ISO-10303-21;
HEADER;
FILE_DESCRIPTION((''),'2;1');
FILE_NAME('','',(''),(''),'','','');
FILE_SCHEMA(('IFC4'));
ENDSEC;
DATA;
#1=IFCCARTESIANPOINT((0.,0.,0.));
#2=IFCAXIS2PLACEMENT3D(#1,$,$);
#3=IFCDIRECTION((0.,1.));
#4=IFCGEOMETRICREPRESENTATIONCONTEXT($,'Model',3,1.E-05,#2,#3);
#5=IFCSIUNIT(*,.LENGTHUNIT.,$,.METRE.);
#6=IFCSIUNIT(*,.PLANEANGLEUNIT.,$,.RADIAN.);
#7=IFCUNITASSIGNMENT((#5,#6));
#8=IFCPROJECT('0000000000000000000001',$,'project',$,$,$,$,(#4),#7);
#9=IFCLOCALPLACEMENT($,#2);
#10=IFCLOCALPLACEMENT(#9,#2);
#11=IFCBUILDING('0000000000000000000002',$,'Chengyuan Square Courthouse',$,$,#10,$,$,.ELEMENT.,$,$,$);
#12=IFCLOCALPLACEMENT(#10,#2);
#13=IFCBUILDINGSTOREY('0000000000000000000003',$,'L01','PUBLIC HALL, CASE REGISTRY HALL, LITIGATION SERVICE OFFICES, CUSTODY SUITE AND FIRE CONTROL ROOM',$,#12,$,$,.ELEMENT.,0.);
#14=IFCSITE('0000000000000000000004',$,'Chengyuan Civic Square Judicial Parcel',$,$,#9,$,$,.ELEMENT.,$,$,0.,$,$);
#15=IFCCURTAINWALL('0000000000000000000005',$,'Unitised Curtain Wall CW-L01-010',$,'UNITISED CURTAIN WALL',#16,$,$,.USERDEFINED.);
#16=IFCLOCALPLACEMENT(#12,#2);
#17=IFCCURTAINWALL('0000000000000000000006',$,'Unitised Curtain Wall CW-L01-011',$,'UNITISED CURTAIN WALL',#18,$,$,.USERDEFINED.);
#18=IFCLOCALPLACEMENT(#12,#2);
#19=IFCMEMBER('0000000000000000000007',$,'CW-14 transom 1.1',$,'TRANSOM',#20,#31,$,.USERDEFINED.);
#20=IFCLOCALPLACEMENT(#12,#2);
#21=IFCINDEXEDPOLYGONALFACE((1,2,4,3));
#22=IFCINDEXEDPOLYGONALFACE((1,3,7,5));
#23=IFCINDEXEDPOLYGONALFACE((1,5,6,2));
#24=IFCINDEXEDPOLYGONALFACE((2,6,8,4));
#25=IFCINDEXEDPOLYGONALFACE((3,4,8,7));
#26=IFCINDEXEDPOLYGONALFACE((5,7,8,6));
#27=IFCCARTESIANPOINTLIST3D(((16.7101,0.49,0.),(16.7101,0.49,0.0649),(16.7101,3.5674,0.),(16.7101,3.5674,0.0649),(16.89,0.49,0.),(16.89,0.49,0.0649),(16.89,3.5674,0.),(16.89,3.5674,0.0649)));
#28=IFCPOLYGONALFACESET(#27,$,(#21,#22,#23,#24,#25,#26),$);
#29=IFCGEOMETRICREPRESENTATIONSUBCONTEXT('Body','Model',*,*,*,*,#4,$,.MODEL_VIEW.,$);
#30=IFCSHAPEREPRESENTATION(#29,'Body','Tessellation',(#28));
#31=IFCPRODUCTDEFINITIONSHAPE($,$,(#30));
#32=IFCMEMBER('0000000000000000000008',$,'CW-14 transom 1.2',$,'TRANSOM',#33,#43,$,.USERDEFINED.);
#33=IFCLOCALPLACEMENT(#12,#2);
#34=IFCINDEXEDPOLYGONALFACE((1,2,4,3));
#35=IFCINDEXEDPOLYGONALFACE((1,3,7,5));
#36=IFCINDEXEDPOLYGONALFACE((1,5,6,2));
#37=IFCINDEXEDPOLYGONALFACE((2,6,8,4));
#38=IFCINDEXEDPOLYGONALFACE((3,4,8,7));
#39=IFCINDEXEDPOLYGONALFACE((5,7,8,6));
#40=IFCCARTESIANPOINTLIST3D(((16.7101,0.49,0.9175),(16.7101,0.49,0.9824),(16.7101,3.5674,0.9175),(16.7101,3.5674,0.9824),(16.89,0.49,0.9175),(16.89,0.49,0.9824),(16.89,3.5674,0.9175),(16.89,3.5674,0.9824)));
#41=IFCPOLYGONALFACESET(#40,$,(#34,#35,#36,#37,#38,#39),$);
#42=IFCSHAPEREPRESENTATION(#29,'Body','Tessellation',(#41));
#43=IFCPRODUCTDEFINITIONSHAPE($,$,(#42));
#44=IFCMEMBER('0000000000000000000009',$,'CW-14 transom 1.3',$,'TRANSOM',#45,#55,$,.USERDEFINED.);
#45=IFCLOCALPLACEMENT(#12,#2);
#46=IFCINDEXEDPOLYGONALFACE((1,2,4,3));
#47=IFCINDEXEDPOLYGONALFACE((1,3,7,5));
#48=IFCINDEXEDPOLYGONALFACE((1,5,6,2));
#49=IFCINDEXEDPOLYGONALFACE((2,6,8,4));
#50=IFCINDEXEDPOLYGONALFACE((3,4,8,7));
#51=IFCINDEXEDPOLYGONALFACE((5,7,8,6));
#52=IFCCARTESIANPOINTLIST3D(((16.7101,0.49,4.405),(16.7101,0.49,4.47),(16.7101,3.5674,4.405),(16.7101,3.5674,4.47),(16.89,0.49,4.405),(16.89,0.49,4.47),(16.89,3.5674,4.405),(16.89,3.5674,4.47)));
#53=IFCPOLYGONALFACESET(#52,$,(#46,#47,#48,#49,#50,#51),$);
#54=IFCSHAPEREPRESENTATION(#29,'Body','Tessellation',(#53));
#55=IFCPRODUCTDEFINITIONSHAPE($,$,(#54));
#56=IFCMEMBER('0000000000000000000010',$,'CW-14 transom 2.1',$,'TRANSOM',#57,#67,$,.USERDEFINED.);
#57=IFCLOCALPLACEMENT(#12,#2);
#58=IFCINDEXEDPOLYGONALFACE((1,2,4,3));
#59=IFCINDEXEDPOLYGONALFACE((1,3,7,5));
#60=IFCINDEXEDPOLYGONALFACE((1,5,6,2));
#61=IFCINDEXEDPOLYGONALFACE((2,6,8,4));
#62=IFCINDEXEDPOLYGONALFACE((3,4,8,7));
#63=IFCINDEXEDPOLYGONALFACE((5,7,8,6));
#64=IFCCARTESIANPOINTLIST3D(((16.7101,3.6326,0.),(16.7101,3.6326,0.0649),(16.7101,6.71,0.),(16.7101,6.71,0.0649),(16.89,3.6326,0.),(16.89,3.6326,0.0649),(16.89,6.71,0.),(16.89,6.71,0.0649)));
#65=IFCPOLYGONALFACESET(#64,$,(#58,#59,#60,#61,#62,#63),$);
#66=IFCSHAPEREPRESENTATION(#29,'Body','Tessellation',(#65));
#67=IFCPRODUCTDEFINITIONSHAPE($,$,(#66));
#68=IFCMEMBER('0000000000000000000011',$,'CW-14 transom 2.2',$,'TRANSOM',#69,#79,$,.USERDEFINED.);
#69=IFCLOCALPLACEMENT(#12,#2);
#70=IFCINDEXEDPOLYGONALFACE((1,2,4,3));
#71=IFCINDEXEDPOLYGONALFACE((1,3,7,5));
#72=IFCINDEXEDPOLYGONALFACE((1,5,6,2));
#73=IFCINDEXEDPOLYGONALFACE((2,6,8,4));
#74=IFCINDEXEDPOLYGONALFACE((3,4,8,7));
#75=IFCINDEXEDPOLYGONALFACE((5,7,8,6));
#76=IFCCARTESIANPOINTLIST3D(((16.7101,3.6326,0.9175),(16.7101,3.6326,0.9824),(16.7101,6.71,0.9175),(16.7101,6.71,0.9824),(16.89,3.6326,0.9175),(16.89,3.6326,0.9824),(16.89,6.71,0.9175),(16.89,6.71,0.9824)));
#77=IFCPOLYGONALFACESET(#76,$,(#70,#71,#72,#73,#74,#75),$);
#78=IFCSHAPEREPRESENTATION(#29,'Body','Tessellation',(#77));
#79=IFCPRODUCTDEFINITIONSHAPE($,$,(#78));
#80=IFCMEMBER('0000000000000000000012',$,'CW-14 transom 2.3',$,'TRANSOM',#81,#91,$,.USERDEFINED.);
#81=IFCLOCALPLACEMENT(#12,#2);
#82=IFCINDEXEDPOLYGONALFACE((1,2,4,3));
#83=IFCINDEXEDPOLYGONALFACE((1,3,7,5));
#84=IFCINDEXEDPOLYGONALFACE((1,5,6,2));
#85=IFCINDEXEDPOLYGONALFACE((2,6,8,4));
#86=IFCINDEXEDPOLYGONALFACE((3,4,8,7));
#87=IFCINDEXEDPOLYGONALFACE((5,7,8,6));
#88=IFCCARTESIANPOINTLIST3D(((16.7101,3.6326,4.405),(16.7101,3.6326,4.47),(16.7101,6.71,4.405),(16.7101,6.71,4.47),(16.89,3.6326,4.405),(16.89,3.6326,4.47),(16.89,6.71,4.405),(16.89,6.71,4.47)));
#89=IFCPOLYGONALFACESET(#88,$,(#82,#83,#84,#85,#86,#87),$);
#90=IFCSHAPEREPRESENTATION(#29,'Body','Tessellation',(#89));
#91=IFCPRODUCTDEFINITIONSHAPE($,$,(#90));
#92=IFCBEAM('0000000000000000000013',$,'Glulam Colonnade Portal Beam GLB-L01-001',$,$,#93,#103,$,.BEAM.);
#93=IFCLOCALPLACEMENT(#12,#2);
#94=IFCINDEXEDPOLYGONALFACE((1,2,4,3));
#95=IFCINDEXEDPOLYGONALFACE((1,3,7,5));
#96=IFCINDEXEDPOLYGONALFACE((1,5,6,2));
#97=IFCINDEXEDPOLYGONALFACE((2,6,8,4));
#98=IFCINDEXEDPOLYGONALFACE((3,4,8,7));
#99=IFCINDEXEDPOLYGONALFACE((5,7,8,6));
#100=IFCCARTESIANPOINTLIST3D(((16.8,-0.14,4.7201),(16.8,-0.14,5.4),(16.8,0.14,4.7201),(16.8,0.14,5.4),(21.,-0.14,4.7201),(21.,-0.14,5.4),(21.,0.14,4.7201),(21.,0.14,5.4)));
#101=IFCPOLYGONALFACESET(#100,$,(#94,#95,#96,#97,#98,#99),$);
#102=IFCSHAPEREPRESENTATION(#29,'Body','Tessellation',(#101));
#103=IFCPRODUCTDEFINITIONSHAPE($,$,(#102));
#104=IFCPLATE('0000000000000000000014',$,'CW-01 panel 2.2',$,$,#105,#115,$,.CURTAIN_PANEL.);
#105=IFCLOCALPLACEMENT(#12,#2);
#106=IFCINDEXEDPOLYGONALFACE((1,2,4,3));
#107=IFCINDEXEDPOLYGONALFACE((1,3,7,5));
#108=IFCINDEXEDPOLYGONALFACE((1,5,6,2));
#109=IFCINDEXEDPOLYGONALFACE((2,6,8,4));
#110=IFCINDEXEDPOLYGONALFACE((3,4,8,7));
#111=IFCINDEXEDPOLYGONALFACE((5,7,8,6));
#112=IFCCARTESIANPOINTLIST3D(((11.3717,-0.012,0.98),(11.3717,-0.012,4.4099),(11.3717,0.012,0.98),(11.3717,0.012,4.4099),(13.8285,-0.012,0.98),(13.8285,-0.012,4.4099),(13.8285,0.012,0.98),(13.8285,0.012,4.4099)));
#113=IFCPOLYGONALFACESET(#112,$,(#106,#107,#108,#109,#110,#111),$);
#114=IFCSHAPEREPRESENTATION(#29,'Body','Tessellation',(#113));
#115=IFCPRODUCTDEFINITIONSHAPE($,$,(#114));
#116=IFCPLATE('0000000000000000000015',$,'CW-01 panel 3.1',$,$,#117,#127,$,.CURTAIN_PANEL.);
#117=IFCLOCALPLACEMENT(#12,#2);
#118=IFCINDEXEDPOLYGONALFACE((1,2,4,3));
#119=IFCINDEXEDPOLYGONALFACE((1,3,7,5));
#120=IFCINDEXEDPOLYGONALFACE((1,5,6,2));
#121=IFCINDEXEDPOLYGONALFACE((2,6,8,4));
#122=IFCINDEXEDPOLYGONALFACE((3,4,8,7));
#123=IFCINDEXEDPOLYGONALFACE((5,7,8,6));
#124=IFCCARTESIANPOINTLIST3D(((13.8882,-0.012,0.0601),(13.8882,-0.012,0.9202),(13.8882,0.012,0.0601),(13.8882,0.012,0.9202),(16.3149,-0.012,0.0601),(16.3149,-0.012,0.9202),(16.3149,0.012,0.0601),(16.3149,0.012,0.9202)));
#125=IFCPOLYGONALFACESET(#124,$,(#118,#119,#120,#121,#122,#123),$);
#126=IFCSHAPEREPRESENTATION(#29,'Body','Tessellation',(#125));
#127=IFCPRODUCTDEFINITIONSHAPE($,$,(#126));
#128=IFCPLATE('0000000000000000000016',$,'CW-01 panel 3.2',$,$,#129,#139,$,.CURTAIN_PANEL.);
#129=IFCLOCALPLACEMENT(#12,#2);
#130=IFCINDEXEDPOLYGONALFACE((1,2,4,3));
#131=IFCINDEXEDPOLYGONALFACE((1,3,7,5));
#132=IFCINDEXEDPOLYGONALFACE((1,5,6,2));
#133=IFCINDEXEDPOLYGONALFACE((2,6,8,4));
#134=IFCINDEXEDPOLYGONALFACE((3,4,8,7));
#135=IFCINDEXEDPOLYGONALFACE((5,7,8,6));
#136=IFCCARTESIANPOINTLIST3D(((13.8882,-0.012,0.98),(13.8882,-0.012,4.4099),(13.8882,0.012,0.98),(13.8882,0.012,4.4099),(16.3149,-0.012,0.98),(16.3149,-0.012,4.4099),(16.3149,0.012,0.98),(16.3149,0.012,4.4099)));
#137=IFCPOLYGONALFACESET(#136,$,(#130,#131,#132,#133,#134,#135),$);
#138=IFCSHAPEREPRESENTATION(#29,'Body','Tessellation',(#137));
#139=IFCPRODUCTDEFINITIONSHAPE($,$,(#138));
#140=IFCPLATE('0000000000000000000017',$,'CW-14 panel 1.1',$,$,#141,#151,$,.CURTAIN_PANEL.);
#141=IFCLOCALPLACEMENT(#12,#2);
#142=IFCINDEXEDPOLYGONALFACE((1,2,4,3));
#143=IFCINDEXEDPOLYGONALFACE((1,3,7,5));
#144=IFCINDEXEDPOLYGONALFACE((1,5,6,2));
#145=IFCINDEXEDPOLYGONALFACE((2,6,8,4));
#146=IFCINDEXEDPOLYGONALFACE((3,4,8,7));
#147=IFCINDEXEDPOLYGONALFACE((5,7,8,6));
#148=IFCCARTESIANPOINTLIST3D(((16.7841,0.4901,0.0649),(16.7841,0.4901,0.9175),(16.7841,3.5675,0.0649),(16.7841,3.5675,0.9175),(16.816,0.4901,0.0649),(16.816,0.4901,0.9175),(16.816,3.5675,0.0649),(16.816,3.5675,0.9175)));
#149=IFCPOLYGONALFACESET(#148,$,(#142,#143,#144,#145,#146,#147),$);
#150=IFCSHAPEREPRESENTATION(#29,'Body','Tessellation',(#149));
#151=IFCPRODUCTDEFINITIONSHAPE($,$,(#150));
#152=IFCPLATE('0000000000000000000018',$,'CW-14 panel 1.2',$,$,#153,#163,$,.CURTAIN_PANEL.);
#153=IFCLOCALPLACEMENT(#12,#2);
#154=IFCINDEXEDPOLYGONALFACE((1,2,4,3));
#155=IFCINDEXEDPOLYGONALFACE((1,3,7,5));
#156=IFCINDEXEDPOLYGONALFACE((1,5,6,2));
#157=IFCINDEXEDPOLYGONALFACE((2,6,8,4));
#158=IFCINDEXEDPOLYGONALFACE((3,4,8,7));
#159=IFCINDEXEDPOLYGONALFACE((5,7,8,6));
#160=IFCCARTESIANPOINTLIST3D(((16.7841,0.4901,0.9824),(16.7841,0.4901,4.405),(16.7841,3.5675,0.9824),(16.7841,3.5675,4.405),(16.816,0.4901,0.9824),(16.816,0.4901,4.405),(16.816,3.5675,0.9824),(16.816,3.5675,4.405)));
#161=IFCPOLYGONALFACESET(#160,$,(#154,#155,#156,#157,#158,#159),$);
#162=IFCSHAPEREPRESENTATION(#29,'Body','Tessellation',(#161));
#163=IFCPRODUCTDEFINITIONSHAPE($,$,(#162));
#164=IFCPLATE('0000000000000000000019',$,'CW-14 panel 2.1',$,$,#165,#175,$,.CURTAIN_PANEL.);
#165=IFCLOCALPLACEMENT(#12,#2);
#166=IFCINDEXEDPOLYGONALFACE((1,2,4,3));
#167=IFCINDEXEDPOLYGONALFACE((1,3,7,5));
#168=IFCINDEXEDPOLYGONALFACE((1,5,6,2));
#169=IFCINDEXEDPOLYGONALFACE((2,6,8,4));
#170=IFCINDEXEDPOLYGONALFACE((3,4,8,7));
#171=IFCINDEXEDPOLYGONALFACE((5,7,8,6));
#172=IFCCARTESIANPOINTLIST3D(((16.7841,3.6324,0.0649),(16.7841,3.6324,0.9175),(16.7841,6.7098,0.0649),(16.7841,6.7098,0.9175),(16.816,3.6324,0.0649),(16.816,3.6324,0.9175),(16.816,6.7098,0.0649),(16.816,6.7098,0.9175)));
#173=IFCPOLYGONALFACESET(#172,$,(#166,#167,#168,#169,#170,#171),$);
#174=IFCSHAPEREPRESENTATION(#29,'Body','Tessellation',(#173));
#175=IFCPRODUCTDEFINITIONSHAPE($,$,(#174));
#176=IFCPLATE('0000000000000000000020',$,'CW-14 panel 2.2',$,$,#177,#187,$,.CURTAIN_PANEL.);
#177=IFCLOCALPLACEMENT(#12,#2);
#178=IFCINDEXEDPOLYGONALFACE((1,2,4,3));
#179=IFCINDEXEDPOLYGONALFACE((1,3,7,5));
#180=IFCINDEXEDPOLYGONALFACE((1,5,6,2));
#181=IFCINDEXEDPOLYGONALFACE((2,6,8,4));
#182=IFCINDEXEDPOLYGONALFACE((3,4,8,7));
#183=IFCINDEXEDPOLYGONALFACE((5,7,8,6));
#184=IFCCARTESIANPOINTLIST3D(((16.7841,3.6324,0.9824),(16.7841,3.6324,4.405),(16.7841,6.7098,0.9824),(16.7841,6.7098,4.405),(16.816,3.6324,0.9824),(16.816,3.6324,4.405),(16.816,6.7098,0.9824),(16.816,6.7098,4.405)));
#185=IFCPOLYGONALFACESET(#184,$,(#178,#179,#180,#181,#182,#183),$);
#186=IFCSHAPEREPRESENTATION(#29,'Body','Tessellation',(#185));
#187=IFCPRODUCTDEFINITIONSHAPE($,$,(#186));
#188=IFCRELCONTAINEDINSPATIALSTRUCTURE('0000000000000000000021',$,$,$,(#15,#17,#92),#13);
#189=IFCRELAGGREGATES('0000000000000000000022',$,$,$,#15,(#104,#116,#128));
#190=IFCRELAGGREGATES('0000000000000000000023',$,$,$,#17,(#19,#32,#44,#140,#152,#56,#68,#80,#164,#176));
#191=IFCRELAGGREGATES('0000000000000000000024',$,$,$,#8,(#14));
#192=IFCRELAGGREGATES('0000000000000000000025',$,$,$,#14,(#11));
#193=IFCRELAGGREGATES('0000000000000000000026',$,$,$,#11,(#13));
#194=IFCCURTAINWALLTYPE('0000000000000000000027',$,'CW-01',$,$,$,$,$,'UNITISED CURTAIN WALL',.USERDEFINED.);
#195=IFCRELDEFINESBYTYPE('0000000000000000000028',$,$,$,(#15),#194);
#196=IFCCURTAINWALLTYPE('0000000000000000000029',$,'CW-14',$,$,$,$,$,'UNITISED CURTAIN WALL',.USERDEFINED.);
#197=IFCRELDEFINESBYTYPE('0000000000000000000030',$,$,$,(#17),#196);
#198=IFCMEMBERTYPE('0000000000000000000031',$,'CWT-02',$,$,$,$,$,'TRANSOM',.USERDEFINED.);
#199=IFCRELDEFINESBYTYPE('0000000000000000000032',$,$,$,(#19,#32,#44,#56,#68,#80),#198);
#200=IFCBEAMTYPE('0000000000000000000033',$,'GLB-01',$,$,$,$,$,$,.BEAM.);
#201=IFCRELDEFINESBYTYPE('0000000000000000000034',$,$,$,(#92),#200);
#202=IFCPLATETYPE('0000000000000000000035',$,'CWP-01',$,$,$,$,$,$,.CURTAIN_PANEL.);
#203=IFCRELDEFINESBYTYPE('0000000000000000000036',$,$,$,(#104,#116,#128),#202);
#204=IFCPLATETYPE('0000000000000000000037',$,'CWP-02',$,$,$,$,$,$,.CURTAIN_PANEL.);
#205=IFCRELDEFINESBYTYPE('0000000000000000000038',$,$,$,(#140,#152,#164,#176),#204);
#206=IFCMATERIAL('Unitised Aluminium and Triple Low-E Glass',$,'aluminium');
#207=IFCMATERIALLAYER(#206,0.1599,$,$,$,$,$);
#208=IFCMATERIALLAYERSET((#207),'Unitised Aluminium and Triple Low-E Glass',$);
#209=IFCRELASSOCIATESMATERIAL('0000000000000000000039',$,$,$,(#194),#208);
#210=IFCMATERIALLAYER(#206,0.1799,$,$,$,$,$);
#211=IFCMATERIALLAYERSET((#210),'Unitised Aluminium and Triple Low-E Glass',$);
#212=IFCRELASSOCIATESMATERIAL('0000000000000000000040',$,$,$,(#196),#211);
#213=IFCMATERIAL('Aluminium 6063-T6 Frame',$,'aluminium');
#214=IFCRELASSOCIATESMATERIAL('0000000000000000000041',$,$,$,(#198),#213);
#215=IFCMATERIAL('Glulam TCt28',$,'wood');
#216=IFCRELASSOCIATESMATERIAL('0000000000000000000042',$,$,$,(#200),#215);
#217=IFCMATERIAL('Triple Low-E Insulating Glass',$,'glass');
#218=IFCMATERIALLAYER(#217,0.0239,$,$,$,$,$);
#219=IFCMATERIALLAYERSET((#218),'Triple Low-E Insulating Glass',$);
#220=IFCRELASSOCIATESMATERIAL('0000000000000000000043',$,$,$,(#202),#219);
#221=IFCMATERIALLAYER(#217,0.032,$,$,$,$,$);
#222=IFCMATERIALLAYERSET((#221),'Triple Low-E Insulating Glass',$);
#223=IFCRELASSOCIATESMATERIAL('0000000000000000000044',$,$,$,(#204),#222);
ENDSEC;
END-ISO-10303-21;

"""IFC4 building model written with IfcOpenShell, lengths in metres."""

from ifc_helpers import new_model, si_unit, direction, frame, origin, origin_2d, place, context, subcontext, project, spatial, rectangle, extrude, material, layer, layer_set, material_profile, profile_set, type_object, element, aggregate, save


model = new_model("IFC4")

# Units and contexts
model_context = context("Model", 3, precision=1e-05, world=origin(), true_north=direction((0.0, 1.0)))
body_context = subcontext(model_context, "Body", "Model", "MODEL_VIEW")
ifc_project = project(units=[si_unit("LENGTHUNIT", "METRE"), si_unit("PLANEANGLEUNIT", "RADIAN")], contexts=[model_context])

# Site, building, storey
site_placement = place(None, origin())
site = spatial("IfcSite", under=ifc_project, at=site_placement, Name="Chengyuan Civic Square Judicial Parcel", CompositionType="ELEMENT", RefElevation=0.0)
building_placement = place(site_placement, origin())
building = spatial("IfcBuilding", under=site, at=building_placement, Name="Chengyuan Square Courthouse", CompositionType="ELEMENT")
storey_placement = place(building_placement, origin())
storey = spatial("IfcBuildingStorey", under=building, at=storey_placement, Name="L01", Description="PUBLIC HALL, CASE REGISTRY HALL, LITIGATION SERVICE OFFICES, CUSTODY SUITE AND FIRE CONTROL ROOM", CompositionType="ELEMENT", Elevation=0.0)

# Shared definitions
ifc_material_1 = material(Name="Glulam TCt28", Category="wood")

# Curtain walls
ifc_material_2 = material(Name="Unitised Aluminium and Triple Low-E Glass", Category="aluminium")
ifc_layer_1 = layer(ifc_material_2, 0.1599)
ifc_layer_set_1 = layer_set([ifc_layer_1], Name="Unitised Aluminium and Triple Low-E Glass")
curtain_wall_type_1 = type_object("IfcCurtainWallType", Name="CW-01", ElementType="UNITISED CURTAIN WALL", PredefinedType="USERDEFINED", material=ifc_layer_set_1)
curtain_wall_1_placement = place(storey_placement, origin())
curtain_wall_1 = element("IfcCurtainWall", 1, at=curtain_wall_1_placement, inside=storey, type_object=curtain_wall_type_1, Name="Unitised Curtain Wall CW-L01-010", ObjectType="UNITISED CURTAIN WALL", PredefinedType="USERDEFINED")
ifc_material_3 = material(Name="Aluminium 6063-T6 Frame", Category="aluminium")
ifc_layer_2 = layer(ifc_material_2, 0.1799)
ifc_layer_set_2 = layer_set([ifc_layer_2], Name="Unitised Aluminium and Triple Low-E Glass")
curtain_wall_type_2 = type_object("IfcCurtainWallType", Name="CW-14", ElementType="UNITISED CURTAIN WALL", PredefinedType="USERDEFINED", material=ifc_layer_set_2)
curtain_wall_2_placement = place(storey_placement, origin())
curtain_wall_2 = element("IfcCurtainWall", 2, at=curtain_wall_2_placement, inside=storey, type_object=curtain_wall_type_2, Name="Unitised Curtain Wall CW-L01-011", ObjectType="UNITISED CURTAIN WALL", PredefinedType="USERDEFINED")

# Members
ifc_material_profile_1 = material_profile(ifc_material_3, rectangle(XDim=0.1799, YDim=0.0649, at=origin_2d()), Name="CW-TRN-65x140")
ifc_profile_set_1 = profile_set([ifc_material_profile_1], Name="Aluminium 6063-T6 Frame")
member_type_1 = type_object("IfcMemberType", Name="CWT-02", ElementType="TRANSOM", PredefinedType="USERDEFINED", material=ifc_profile_set_1)
member_1_placement = place(storey_placement, frame((16.8, 0.49, 0.0325), z_axis=(0.0, 1.0, 0.0), x_axis=(-1.0, 0.0, 0.0)))
member_1 = element("IfcMember", 3, at=member_1_placement, type_object=member_type_1, Name="CW-14 transom 1.1", ObjectType="TRANSOM", PredefinedType="USERDEFINED", context=body_context, shape_type="SweptSolid", body=[
    extrude(rectangle(XDim=0.1799, YDim=0.0649, at=origin_2d()), origin(), (0.0, 0.0, 1.0), 3.0774),
])
member_2_placement = place(storey_placement, frame((16.8, 0.49, 0.95), z_axis=(0.0, 1.0, 0.0), x_axis=(-1.0, 0.0, 0.0)))
member_2 = element("IfcMember", 4, at=member_2_placement, type_object=member_type_1, Name="CW-14 transom 1.2", ObjectType="TRANSOM", PredefinedType="USERDEFINED", context=body_context, shape_type="SweptSolid", body=[
    extrude(rectangle(XDim=0.1799, YDim=0.0649, at=origin_2d()), origin(), (0.0, 0.0, 1.0), 3.0774),
])
member_3_placement = place(storey_placement, frame((16.8, 0.49, 4.4375), z_axis=(0.0, 1.0, 0.0), x_axis=(-1.0, 0.0, 0.0)))
member_3 = element("IfcMember", 5, at=member_3_placement, type_object=member_type_1, Name="CW-14 transom 1.3", ObjectType="TRANSOM", PredefinedType="USERDEFINED", context=body_context, shape_type="SweptSolid", body=[
    extrude(rectangle(XDim=0.1799, YDim=0.0649, at=origin_2d()), origin(), (0.0, 0.0, 1.0), 3.0774),
])
member_4_placement = place(storey_placement, frame((16.8, 3.6326, 0.0325), z_axis=(0.0, 1.0, 0.0), x_axis=(-1.0, 0.0, 0.0)))
member_4 = element("IfcMember", 6, at=member_4_placement, type_object=member_type_1, Name="CW-14 transom 2.1", ObjectType="TRANSOM", PredefinedType="USERDEFINED", context=body_context, shape_type="SweptSolid", body=[
    extrude(rectangle(XDim=0.1799, YDim=0.0649, at=origin_2d()), origin(), (0.0, 0.0, 1.0), 3.0774),
])
member_5_placement = place(storey_placement, frame((16.8, 3.6326, 0.95), z_axis=(0.0, 1.0, 0.0), x_axis=(-1.0, 0.0, 0.0)))
member_5 = element("IfcMember", 7, at=member_5_placement, type_object=member_type_1, Name="CW-14 transom 2.2", ObjectType="TRANSOM", PredefinedType="USERDEFINED", context=body_context, shape_type="SweptSolid", body=[
    extrude(rectangle(XDim=0.1799, YDim=0.0649, at=origin_2d()), origin(), (0.0, 0.0, 1.0), 3.0774),
])
member_6_placement = place(storey_placement, frame((16.8, 3.6326, 4.4375), z_axis=(0.0, 1.0, 0.0), x_axis=(-1.0, 0.0, 0.0)))
member_6 = element("IfcMember", 8, at=member_6_placement, type_object=member_type_1, Name="CW-14 transom 2.3", ObjectType="TRANSOM", PredefinedType="USERDEFINED", context=body_context, shape_type="SweptSolid", body=[
    extrude(rectangle(XDim=0.1799, YDim=0.0649, at=origin_2d()), origin(), (0.0, 0.0, 1.0), 3.0774),
])

# Beam
ifc_material_profile_2 = material_profile(ifc_material_1, rectangle(XDim=0.28, YDim=0.6799, at=origin_2d()), Name="GL-BM-280x680")
ifc_profile_set_2 = profile_set([ifc_material_profile_2], Name="Glulam TCt28")
beam_type_1 = type_object("IfcBeamType", Name="GLB-01", PredefinedType="BEAM", material=ifc_profile_set_2)
beam_1_placement = place(storey_placement, frame((16.8, 0.0, 5.0601), z_axis=(1.0, 0.0, 0.0), x_axis=(0.0, 1.0, 0.0)))
element("IfcBeam", 9, at=beam_1_placement, inside=storey, type_object=beam_type_1, Name="Glulam Colonnade Portal Beam GLB-L01-001", PredefinedType="BEAM", context=body_context, shape_type="SweptSolid", body=[
    extrude(rectangle(XDim=0.28, YDim=0.6799, at=origin_2d()), origin(), (0.0, 0.0, 1.0), 4.2),
])

# Plates
ifc_material_4 = material(Name="Triple Low-E Insulating Glass", Category="glass")
ifc_layer_3 = layer(ifc_material_4, 0.0239)
ifc_layer_set_3 = layer_set([ifc_layer_3], Name="Triple Low-E Insulating Glass")
plate_type_1 = type_object("IfcPlateType", Name="CWP-01", PredefinedType="CURTAIN_PANEL", material=ifc_layer_set_3)
plate_1_placement = place(storey_placement, frame((12.6001, 0.0, 0.98), z_axis=(0.0, 0.0, 1.0), x_axis=(1.0, 0.0, 0.0)))
plate_1 = element("IfcPlate", 10, at=plate_1_placement, type_object=plate_type_1, Name="CW-01 panel 2.2", PredefinedType="CURTAIN_PANEL", context=body_context, shape_type="SweptSolid", body=[
    extrude(rectangle(XDim=2.4568, YDim=0.0239, at=origin_2d()), origin(), (0.0, 0.0, 1.0), 3.4299),
])
plate_2_placement = place(storey_placement, frame((15.1016, 0.0, 0.0601), z_axis=(0.0, 0.0, 1.0), x_axis=(1.0, 0.0, 0.0)))
plate_2 = element("IfcPlate", 11, at=plate_2_placement, type_object=plate_type_1, Name="CW-01 panel 3.1", PredefinedType="CURTAIN_PANEL", context=body_context, shape_type="SweptSolid", body=[
    extrude(rectangle(XDim=2.4268, YDim=0.0239, at=origin_2d()), origin(), (0.0, 0.0, 1.0), 0.8601),
])
plate_3_placement = place(storey_placement, frame((15.1016, 0.0, 0.98), z_axis=(0.0, 0.0, 1.0), x_axis=(1.0, 0.0, 0.0)))
plate_3 = element("IfcPlate", 12, at=plate_3_placement, type_object=plate_type_1, Name="CW-01 panel 3.2", PredefinedType="CURTAIN_PANEL", context=body_context, shape_type="SweptSolid", body=[
    extrude(rectangle(XDim=2.4268, YDim=0.0239, at=origin_2d()), origin(), (0.0, 0.0, 1.0), 3.4299),
])
aggregate(curtain_wall_1, [plate_1, plate_2, plate_3])
ifc_layer_4 = layer(ifc_material_4, 0.032)
ifc_layer_set_4 = layer_set([ifc_layer_4], Name="Triple Low-E Insulating Glass")
plate_type_2 = type_object("IfcPlateType", Name="CWP-02", PredefinedType="CURTAIN_PANEL", material=ifc_layer_set_4)
plate_4_placement = place(storey_placement, frame((16.8, 2.0288, 0.0649), z_axis=(0.0, 0.0, 1.0), x_axis=(0.0, 1.0, 0.0)))
plate_4 = element("IfcPlate", 13, at=plate_4_placement, type_object=plate_type_2, Name="CW-14 panel 1.1", PredefinedType="CURTAIN_PANEL", context=body_context, shape_type="SweptSolid", body=[
    extrude(rectangle(XDim=3.0774, YDim=0.032, at=origin_2d()), origin(), (0.0, 0.0, 1.0), 0.8525),
])
plate_5_placement = place(storey_placement, frame((16.8, 2.0288, 0.9824), z_axis=(0.0, 0.0, 1.0), x_axis=(0.0, 1.0, 0.0)))
plate_5 = element("IfcPlate", 14, at=plate_5_placement, type_object=plate_type_2, Name="CW-14 panel 1.2", PredefinedType="CURTAIN_PANEL", context=body_context, shape_type="SweptSolid", body=[
    extrude(rectangle(XDim=3.0774, YDim=0.032, at=origin_2d()), origin(), (0.0, 0.0, 1.0), 3.4226),
])
plate_6_placement = place(storey_placement, frame((16.8, 5.1711, 0.0649), z_axis=(0.0, 0.0, 1.0), x_axis=(0.0, 1.0, 0.0)))
plate_6 = element("IfcPlate", 15, at=plate_6_placement, type_object=plate_type_2, Name="CW-14 panel 2.1", PredefinedType="CURTAIN_PANEL", context=body_context, shape_type="SweptSolid", body=[
    extrude(rectangle(XDim=3.0774, YDim=0.032, at=origin_2d()), origin(), (0.0, 0.0, 1.0), 0.8525),
])
plate_7_placement = place(storey_placement, frame((16.8, 5.1711, 0.9824), z_axis=(0.0, 0.0, 1.0), x_axis=(0.0, 1.0, 0.0)))
plate_7 = element("IfcPlate", 16, at=plate_7_placement, type_object=plate_type_2, Name="CW-14 panel 2.2", PredefinedType="CURTAIN_PANEL", context=body_context, shape_type="SweptSolid", body=[
    extrude(rectangle(XDim=3.0774, YDim=0.032, at=origin_2d()), origin(), (0.0, 0.0, 1.0), 3.4226),
])
aggregate(curtain_wall_2, [member_1, member_2, member_3, plate_4, plate_5, member_4, member_5, member_6, plate_6, plate_7])

save(model, "model.ifc")
